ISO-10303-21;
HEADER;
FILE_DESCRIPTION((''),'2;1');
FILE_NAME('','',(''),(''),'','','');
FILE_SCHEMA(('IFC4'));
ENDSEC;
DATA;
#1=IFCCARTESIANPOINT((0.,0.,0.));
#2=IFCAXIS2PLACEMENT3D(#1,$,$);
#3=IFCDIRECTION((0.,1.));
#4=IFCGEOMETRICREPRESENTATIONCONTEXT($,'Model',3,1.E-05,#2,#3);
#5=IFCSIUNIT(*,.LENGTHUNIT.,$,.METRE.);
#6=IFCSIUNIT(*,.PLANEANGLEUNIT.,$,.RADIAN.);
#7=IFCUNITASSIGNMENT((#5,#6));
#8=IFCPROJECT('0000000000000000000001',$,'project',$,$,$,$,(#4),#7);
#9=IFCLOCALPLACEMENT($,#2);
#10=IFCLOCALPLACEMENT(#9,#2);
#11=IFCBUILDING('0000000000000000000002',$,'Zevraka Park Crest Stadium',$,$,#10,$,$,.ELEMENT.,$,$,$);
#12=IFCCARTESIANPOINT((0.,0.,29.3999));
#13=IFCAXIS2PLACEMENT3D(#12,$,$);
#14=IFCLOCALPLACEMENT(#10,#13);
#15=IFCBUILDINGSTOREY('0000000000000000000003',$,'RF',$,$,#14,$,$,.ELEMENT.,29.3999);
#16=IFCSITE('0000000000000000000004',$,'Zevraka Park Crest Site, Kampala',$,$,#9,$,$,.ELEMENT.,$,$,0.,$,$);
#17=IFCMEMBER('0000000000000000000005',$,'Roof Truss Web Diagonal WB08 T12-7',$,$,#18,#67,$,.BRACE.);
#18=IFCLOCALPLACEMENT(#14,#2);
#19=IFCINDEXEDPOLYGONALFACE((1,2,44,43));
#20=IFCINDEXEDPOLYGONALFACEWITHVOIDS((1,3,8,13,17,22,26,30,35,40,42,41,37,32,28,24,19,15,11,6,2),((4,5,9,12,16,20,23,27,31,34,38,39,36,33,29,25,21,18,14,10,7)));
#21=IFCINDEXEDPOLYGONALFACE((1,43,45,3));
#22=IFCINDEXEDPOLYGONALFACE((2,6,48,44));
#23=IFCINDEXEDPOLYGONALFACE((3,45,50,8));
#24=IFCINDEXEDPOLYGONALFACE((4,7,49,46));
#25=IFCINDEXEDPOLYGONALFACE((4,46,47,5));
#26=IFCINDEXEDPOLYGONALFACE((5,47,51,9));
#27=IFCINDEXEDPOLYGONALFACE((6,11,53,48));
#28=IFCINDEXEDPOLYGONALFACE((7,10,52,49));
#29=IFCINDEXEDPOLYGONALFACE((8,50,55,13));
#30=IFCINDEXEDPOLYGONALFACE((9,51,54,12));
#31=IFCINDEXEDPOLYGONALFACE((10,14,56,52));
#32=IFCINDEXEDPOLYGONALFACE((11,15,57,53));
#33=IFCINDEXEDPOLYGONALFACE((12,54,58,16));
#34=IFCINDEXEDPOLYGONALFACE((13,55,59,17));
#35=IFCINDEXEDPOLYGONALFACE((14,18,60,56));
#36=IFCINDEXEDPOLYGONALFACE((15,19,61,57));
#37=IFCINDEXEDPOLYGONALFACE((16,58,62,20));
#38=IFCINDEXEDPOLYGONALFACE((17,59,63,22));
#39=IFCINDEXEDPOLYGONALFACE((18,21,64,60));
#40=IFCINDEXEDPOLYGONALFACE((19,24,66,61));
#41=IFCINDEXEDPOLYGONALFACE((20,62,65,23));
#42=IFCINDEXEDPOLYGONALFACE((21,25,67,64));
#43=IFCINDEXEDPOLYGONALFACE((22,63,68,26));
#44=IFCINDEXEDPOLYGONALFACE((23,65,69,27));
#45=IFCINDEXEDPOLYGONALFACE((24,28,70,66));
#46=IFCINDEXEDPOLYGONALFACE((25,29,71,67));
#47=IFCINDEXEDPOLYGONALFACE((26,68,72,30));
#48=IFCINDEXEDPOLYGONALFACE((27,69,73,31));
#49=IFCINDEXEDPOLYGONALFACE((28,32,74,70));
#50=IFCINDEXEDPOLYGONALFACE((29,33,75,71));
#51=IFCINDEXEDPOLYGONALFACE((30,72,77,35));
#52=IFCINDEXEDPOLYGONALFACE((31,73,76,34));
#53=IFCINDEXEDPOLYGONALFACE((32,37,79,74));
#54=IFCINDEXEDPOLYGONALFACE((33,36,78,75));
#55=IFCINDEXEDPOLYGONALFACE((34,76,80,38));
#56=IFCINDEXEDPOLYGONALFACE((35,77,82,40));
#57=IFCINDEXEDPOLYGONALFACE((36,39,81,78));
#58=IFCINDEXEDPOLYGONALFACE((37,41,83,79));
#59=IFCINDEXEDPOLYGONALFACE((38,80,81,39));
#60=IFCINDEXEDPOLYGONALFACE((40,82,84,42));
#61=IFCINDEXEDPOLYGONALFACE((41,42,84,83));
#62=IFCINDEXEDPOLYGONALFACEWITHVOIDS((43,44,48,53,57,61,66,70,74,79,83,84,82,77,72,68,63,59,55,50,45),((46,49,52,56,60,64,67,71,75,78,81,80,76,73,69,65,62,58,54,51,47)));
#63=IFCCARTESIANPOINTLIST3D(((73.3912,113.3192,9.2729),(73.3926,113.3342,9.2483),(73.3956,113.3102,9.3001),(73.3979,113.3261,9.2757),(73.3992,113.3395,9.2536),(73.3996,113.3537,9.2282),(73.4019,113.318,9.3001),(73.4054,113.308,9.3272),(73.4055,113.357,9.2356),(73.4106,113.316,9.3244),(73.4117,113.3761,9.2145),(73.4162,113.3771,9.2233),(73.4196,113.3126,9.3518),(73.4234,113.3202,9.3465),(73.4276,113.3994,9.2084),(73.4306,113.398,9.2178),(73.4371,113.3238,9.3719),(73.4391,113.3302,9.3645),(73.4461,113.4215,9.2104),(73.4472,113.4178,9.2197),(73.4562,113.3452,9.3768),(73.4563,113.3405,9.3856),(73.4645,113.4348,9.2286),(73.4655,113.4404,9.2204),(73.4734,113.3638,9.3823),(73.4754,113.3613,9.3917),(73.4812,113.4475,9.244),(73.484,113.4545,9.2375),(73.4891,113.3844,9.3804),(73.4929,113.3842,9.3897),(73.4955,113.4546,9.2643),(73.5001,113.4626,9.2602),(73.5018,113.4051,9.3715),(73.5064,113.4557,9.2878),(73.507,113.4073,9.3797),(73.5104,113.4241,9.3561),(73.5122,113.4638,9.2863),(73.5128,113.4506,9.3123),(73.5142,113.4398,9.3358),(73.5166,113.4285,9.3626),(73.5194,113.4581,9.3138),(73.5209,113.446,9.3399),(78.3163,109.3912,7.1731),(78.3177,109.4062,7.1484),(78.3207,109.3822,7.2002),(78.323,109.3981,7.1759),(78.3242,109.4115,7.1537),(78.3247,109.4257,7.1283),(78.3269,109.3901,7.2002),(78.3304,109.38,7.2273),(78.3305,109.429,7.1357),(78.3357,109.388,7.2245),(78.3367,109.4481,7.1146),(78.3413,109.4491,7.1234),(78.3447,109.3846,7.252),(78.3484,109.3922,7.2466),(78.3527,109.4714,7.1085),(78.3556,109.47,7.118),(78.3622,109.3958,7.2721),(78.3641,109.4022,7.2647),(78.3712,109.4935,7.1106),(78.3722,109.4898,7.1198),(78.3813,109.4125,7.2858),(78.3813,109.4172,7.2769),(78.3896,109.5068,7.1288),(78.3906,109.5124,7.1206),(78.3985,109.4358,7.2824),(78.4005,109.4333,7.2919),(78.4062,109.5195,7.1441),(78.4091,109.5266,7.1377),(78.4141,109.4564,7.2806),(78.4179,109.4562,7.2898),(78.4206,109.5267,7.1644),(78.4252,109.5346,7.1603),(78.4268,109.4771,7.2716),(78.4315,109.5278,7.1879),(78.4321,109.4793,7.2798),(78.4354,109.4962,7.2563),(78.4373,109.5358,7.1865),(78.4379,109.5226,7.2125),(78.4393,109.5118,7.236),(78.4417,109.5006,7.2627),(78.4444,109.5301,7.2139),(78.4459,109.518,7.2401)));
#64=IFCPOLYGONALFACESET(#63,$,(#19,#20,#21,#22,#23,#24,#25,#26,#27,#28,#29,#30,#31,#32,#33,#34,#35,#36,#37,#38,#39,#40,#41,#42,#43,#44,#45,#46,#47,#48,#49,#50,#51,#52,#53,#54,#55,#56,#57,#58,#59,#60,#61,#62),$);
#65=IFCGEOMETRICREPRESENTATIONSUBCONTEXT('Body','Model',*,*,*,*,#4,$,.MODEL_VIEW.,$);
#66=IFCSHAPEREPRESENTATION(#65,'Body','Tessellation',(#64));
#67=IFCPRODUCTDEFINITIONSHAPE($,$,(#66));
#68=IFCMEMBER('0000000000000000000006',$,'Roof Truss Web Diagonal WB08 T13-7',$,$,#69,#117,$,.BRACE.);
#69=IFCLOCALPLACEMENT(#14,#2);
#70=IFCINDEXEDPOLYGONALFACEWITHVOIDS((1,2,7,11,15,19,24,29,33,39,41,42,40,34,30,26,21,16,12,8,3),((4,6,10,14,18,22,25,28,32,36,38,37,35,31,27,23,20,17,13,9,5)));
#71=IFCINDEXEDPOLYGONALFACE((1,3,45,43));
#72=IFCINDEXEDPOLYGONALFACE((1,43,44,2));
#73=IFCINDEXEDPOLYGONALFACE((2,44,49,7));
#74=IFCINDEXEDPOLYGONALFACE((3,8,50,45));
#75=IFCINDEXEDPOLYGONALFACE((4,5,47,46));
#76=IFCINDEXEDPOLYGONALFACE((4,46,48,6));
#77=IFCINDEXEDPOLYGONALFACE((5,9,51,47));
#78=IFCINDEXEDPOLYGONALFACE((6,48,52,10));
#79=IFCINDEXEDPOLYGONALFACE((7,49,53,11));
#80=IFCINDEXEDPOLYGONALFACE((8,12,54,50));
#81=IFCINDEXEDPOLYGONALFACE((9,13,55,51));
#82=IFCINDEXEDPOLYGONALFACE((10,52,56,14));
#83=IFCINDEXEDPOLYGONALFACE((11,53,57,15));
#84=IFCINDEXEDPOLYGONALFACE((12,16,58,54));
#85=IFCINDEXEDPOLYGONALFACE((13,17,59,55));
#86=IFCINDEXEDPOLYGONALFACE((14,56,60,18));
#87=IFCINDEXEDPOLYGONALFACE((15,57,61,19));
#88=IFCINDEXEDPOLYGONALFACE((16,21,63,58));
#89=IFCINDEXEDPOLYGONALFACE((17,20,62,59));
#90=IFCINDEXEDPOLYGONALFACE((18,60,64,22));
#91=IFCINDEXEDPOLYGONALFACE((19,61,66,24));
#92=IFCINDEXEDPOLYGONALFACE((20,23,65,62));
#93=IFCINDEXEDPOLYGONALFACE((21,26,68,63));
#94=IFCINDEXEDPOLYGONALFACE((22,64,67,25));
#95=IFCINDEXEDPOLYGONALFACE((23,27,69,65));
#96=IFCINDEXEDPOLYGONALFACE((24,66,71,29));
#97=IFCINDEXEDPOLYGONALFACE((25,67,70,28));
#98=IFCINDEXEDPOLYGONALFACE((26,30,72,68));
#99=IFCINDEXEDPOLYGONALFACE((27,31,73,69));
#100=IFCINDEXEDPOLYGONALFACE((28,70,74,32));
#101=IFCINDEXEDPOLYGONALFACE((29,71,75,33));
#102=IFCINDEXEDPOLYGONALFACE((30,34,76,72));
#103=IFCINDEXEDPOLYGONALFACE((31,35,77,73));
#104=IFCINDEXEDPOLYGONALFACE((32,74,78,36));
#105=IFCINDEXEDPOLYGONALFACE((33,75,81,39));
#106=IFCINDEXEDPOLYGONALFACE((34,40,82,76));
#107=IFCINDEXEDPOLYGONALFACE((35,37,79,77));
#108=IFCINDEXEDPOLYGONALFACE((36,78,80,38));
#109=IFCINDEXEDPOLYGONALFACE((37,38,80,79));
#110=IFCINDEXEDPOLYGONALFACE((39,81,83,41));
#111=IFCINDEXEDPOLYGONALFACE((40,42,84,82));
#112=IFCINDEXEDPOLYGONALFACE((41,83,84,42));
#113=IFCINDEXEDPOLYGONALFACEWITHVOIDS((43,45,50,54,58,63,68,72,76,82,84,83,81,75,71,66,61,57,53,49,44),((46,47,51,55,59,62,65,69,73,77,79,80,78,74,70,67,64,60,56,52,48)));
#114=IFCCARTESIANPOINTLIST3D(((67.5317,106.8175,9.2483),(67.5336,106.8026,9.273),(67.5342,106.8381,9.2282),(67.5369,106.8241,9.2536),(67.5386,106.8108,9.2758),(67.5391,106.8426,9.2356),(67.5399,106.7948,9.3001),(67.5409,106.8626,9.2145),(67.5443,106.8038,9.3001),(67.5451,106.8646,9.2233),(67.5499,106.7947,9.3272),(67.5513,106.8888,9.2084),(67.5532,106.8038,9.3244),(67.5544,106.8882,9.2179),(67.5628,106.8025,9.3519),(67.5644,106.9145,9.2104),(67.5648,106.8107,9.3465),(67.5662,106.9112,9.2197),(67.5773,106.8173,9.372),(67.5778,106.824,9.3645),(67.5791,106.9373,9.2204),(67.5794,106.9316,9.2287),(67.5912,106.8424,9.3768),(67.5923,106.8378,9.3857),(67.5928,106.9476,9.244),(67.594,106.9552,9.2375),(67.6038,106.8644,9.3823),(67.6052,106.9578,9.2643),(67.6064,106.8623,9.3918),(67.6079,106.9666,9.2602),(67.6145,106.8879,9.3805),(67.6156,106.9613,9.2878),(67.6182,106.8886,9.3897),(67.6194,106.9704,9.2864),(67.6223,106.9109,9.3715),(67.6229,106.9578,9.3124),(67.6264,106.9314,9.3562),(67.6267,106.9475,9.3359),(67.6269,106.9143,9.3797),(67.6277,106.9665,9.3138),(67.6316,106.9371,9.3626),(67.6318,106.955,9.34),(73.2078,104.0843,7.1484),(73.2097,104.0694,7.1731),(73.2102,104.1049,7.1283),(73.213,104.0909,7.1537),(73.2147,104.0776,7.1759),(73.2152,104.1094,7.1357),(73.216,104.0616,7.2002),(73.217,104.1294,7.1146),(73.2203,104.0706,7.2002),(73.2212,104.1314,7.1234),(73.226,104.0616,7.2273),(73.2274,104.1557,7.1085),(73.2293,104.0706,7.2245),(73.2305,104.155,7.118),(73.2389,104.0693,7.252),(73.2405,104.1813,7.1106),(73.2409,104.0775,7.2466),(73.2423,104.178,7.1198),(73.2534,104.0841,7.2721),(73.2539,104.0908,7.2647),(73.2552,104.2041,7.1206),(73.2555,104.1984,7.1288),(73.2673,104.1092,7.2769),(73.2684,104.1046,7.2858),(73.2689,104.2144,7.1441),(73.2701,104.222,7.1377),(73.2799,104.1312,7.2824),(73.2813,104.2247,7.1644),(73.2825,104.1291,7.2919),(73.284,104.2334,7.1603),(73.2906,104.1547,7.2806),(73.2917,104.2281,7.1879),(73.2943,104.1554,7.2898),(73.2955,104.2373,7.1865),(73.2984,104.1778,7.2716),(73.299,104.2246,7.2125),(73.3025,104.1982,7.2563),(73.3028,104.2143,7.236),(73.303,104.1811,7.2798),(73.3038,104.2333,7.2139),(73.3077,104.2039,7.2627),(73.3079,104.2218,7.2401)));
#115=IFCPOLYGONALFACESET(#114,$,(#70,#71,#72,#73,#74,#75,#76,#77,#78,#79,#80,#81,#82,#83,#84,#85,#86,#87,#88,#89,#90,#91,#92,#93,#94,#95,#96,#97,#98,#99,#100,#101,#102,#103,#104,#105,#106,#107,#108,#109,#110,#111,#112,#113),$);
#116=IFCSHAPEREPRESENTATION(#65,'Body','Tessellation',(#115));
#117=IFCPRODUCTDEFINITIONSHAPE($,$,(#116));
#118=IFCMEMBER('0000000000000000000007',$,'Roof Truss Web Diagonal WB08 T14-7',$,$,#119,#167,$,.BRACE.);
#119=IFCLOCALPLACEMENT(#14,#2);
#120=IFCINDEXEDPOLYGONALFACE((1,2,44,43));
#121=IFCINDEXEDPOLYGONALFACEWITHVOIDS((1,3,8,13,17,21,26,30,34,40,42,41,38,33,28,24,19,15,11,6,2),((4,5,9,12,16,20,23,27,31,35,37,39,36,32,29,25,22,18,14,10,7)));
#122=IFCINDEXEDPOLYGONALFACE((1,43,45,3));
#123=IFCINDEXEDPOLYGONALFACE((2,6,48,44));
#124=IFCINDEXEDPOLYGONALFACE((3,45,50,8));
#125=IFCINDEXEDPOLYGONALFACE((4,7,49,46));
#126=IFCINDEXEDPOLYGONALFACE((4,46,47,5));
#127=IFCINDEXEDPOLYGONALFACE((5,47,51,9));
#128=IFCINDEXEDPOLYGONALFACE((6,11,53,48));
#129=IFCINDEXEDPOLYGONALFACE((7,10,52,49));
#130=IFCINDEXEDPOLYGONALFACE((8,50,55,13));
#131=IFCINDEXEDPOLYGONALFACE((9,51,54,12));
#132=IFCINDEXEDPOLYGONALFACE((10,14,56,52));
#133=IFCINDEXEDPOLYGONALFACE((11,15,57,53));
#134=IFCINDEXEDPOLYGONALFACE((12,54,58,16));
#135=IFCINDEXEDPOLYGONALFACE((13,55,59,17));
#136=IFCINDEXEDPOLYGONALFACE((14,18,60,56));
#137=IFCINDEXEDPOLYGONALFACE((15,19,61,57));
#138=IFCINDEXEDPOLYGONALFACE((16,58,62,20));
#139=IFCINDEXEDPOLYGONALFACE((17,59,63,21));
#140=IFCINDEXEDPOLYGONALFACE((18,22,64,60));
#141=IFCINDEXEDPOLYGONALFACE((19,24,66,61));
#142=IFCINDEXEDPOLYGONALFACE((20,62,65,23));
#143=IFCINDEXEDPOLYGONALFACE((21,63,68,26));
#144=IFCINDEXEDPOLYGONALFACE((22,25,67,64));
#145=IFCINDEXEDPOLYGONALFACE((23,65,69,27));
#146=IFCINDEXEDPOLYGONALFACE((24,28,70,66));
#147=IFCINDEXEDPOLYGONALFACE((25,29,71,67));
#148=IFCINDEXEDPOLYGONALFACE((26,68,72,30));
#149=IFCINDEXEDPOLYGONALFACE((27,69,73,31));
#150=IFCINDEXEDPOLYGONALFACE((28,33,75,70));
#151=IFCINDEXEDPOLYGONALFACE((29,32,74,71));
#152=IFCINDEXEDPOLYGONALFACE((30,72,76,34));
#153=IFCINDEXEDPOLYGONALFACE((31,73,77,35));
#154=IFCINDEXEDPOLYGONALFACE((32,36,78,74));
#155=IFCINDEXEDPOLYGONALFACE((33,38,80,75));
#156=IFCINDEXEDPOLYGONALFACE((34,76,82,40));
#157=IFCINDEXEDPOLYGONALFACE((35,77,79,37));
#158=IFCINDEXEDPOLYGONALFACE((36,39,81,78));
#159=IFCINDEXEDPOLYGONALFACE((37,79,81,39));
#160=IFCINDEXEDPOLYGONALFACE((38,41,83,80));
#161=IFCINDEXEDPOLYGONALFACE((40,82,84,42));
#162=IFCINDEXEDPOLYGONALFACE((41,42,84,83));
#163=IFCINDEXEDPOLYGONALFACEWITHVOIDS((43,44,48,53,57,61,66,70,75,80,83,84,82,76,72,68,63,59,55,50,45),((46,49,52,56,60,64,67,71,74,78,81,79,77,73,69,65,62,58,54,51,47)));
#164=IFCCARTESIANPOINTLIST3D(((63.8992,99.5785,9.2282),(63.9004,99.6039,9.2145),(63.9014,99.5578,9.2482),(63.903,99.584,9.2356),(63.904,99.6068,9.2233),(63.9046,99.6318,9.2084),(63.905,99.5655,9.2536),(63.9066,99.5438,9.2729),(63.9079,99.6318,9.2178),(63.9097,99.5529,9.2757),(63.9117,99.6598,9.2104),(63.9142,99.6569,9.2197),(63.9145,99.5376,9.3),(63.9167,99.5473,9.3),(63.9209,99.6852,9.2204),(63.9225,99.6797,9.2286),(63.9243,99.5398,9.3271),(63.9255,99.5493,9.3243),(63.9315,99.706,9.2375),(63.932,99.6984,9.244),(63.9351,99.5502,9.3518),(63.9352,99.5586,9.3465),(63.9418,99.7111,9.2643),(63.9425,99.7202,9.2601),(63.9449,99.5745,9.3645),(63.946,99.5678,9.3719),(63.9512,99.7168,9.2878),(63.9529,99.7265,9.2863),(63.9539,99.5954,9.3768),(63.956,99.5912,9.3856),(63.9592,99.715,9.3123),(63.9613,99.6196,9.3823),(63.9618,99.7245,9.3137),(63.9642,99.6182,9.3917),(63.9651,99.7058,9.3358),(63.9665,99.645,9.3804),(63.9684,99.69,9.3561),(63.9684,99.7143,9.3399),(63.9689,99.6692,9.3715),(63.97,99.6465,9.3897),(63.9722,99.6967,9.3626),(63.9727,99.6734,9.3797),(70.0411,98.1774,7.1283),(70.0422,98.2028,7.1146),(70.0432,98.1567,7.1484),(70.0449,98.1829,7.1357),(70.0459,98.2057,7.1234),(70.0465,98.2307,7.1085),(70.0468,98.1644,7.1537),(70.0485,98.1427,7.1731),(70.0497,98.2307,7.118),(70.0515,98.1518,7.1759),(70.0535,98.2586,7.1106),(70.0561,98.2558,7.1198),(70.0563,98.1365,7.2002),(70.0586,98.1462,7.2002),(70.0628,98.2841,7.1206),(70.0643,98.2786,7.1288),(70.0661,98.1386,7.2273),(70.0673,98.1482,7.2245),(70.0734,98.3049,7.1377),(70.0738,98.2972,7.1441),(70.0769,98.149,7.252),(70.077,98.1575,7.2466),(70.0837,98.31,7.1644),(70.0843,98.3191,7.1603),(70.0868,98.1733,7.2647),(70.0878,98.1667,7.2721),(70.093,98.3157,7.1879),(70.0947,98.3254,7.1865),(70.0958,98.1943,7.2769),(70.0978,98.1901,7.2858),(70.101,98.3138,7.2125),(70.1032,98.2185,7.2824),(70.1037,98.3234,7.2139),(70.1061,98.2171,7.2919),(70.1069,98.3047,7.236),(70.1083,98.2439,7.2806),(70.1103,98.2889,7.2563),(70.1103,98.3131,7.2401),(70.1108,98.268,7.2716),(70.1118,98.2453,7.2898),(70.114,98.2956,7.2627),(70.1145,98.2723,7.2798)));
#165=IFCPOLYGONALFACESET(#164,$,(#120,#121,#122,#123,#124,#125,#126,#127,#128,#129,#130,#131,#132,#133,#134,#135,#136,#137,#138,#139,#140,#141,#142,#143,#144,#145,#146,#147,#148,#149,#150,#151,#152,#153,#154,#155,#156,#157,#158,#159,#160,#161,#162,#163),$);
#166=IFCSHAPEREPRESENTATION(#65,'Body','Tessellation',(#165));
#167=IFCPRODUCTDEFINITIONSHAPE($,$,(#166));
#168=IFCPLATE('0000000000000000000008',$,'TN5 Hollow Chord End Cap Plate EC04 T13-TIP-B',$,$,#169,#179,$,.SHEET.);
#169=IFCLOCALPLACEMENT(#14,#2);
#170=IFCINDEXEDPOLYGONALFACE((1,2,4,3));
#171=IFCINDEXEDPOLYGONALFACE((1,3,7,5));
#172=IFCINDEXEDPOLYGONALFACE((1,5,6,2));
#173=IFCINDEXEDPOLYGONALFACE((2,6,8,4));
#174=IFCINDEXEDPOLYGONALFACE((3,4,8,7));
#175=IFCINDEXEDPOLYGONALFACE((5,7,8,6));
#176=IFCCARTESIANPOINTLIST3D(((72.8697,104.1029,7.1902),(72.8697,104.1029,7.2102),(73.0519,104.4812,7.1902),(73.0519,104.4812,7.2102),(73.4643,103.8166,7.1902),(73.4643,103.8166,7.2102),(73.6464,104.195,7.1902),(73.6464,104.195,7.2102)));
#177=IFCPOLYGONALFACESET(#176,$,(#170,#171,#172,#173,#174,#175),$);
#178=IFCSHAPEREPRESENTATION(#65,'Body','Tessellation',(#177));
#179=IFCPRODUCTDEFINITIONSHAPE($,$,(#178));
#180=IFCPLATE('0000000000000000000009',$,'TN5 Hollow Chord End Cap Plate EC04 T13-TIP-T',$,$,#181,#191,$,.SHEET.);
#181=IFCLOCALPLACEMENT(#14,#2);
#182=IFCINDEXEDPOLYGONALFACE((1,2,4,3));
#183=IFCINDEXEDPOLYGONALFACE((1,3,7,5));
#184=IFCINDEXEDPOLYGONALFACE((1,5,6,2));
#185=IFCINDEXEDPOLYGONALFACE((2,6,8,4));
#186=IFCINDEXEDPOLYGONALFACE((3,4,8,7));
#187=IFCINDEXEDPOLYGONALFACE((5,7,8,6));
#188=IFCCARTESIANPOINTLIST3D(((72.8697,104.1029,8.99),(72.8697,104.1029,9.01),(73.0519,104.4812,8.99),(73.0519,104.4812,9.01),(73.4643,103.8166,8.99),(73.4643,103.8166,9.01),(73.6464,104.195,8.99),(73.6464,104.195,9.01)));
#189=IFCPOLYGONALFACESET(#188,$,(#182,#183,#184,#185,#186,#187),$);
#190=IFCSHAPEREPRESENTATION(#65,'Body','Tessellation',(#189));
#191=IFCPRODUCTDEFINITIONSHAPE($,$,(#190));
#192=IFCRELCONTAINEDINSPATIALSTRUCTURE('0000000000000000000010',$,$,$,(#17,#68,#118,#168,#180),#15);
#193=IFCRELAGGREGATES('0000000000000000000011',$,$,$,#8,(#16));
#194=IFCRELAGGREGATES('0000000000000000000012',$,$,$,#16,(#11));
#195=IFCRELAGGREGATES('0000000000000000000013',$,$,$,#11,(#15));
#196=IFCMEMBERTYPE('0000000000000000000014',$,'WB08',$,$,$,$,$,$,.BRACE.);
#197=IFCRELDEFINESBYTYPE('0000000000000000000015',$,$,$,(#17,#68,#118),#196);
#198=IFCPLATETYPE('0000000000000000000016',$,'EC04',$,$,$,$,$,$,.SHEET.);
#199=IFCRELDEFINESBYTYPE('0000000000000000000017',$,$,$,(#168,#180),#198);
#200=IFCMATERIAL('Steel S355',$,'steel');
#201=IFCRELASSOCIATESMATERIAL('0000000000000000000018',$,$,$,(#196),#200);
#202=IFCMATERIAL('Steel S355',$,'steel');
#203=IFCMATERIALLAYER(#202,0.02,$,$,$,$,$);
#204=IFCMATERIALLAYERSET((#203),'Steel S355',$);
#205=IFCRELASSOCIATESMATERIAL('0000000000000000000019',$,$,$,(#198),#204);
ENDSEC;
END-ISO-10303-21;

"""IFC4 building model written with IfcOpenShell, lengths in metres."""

from ifc_helpers import new_model, si_unit, direction, frame, origin, origin_2d, place, context, subcontext, project, spatial, rectangle, hollow_circle, extrude, material, layer, layer_set, material_profile, profile_set, type_object, element, save


model = new_model("IFC4")

# Units and contexts
model_context = context("Model", 3, precision=1e-05, world=origin(), true_north=direction((0.0, 1.0)))
body_context = subcontext(model_context, "Body", "Model", "MODEL_VIEW")
ifc_project = project(units=[si_unit("LENGTHUNIT", "METRE"), si_unit("PLANEANGLEUNIT", "RADIAN")], contexts=[model_context])

# Site, building, storey
site_placement = place(None, origin())
site = spatial("IfcSite", under=ifc_project, at=site_placement, Name="Zevraka Park Crest Site, Kampala", CompositionType="ELEMENT", RefElevation=0.0)
building_placement = place(site_placement, origin())
building = spatial("IfcBuilding", under=site, at=building_placement, Name="Zevraka Park Crest Stadium", CompositionType="ELEMENT")
storey_placement = place(building_placement, frame((0.0, 0.0, 29.3999)))
storey = spatial("IfcBuildingStorey", under=building, at=storey_placement, Name="RF", CompositionType="ELEMENT", Elevation=29.3999)

# Members
ifc_material_1 = material(Name="Steel S355", Category="steel")
ifc_material_profile_1 = material_profile(ifc_material_1, hollow_circle(Radius=0.0969, WallThickness=0.01, at=origin_2d()), Name="CHS 193.7x10")
ifc_profile_set_1 = profile_set([ifc_material_profile_1], Name="Steel S355")
member_type_1 = type_object("IfcMemberType", Name="WB08", PredefinedType="BRACE", material=ifc_profile_set_1)
member_1_placement = place(storey_placement, frame((78.3811, 109.458, 7.2002), z_axis=(-0.741683, 0.59153, 0.316225), x_axis=(-0.623527, -0.781802, 0.0)))
element("IfcMember", 1, at=member_1_placement, inside=storey, type_object=member_type_1, Name="Roof Truss Web Diagonal WB08 T12-7", PredefinedType="BRACE", context=body_context, shape_type="SweptSolid", body=[
    extrude(hollow_circle(Radius=0.0969, WallThickness=0.01, at=origin_2d()), origin(), (0.0, 0.0, 1.0), 6.6404),
])
member_2_placement = place(storey_placement, frame((73.2581, 104.1489, 7.2002), z_axis=(-0.854753, 0.411586, 0.316217), x_axis=(-0.433848, -0.900986, 0.0)))
element("IfcMember", 2, at=member_2_placement, inside=storey, type_object=member_type_1, Name="Roof Truss Web Diagonal WB08 T13-7", PredefinedType="BRACE", context=body_context, shape_type="SweptSolid", body=[
    extrude(hollow_circle(Radius=0.0969, WallThickness=0.01, at=origin_2d()), origin(), (0.0, 0.0, 1.0), 6.6406),
])
member_3_placement = place(storey_placement, frame((70.0779, 98.231, 7.2002), z_axis=(-0.924922, 0.211, 0.316224), x_axis=(-0.222413, -0.974952, 0.0)))
element("IfcMember", 3, at=member_3_placement, inside=storey, type_object=member_type_1, Name="Roof Truss Web Diagonal WB08 T14-7", PredefinedType="BRACE", context=body_context, shape_type="SweptSolid", body=[
    extrude(hollow_circle(Radius=0.0969, WallThickness=0.01, at=origin_2d()), origin(), (0.0, 0.0, 1.0), 6.6404),
])

# Plates
ifc_material_2 = material(Name="Steel S355", Category="steel")
ifc_layer_1 = layer(ifc_material_2, 0.02)
ifc_layer_set_1 = layer_set([ifc_layer_1], Name="Steel S355")
plate_type_1 = type_object("IfcPlateType", Name="EC04", PredefinedType="SHEET", material=ifc_layer_set_1)
for number, where, z_axis, x_axis, name in (
    (4, (73.2581, 104.1489, 7.1902), (0.0, 0.0, 1.0), (-0.901001, 0.433816, 0.0), "TN5 Hollow Chord End Cap Plate EC04 T13-TIP-B"),
    (5, (73.2581, 104.1489, 8.99), (0.0, 0.0, 1.0), (-0.901001, 0.433816, 0.0), "TN5 Hollow Chord End Cap Plate EC04 T13-TIP-T"),
):
    element("IfcPlate", number, at=place(storey_placement, frame(where, z_axis=z_axis, x_axis=x_axis)), inside=storey, type_object=plate_type_1, Name=name, PredefinedType="SHEET", context=body_context, shape_type="SweptSolid", body=[
        extrude(rectangle(XDim=0.6599, YDim=0.4199, at=origin_2d()), origin(), (0.0, 0.0, 1.0), 0.02),
    ])

save(model, "model.ifc")
